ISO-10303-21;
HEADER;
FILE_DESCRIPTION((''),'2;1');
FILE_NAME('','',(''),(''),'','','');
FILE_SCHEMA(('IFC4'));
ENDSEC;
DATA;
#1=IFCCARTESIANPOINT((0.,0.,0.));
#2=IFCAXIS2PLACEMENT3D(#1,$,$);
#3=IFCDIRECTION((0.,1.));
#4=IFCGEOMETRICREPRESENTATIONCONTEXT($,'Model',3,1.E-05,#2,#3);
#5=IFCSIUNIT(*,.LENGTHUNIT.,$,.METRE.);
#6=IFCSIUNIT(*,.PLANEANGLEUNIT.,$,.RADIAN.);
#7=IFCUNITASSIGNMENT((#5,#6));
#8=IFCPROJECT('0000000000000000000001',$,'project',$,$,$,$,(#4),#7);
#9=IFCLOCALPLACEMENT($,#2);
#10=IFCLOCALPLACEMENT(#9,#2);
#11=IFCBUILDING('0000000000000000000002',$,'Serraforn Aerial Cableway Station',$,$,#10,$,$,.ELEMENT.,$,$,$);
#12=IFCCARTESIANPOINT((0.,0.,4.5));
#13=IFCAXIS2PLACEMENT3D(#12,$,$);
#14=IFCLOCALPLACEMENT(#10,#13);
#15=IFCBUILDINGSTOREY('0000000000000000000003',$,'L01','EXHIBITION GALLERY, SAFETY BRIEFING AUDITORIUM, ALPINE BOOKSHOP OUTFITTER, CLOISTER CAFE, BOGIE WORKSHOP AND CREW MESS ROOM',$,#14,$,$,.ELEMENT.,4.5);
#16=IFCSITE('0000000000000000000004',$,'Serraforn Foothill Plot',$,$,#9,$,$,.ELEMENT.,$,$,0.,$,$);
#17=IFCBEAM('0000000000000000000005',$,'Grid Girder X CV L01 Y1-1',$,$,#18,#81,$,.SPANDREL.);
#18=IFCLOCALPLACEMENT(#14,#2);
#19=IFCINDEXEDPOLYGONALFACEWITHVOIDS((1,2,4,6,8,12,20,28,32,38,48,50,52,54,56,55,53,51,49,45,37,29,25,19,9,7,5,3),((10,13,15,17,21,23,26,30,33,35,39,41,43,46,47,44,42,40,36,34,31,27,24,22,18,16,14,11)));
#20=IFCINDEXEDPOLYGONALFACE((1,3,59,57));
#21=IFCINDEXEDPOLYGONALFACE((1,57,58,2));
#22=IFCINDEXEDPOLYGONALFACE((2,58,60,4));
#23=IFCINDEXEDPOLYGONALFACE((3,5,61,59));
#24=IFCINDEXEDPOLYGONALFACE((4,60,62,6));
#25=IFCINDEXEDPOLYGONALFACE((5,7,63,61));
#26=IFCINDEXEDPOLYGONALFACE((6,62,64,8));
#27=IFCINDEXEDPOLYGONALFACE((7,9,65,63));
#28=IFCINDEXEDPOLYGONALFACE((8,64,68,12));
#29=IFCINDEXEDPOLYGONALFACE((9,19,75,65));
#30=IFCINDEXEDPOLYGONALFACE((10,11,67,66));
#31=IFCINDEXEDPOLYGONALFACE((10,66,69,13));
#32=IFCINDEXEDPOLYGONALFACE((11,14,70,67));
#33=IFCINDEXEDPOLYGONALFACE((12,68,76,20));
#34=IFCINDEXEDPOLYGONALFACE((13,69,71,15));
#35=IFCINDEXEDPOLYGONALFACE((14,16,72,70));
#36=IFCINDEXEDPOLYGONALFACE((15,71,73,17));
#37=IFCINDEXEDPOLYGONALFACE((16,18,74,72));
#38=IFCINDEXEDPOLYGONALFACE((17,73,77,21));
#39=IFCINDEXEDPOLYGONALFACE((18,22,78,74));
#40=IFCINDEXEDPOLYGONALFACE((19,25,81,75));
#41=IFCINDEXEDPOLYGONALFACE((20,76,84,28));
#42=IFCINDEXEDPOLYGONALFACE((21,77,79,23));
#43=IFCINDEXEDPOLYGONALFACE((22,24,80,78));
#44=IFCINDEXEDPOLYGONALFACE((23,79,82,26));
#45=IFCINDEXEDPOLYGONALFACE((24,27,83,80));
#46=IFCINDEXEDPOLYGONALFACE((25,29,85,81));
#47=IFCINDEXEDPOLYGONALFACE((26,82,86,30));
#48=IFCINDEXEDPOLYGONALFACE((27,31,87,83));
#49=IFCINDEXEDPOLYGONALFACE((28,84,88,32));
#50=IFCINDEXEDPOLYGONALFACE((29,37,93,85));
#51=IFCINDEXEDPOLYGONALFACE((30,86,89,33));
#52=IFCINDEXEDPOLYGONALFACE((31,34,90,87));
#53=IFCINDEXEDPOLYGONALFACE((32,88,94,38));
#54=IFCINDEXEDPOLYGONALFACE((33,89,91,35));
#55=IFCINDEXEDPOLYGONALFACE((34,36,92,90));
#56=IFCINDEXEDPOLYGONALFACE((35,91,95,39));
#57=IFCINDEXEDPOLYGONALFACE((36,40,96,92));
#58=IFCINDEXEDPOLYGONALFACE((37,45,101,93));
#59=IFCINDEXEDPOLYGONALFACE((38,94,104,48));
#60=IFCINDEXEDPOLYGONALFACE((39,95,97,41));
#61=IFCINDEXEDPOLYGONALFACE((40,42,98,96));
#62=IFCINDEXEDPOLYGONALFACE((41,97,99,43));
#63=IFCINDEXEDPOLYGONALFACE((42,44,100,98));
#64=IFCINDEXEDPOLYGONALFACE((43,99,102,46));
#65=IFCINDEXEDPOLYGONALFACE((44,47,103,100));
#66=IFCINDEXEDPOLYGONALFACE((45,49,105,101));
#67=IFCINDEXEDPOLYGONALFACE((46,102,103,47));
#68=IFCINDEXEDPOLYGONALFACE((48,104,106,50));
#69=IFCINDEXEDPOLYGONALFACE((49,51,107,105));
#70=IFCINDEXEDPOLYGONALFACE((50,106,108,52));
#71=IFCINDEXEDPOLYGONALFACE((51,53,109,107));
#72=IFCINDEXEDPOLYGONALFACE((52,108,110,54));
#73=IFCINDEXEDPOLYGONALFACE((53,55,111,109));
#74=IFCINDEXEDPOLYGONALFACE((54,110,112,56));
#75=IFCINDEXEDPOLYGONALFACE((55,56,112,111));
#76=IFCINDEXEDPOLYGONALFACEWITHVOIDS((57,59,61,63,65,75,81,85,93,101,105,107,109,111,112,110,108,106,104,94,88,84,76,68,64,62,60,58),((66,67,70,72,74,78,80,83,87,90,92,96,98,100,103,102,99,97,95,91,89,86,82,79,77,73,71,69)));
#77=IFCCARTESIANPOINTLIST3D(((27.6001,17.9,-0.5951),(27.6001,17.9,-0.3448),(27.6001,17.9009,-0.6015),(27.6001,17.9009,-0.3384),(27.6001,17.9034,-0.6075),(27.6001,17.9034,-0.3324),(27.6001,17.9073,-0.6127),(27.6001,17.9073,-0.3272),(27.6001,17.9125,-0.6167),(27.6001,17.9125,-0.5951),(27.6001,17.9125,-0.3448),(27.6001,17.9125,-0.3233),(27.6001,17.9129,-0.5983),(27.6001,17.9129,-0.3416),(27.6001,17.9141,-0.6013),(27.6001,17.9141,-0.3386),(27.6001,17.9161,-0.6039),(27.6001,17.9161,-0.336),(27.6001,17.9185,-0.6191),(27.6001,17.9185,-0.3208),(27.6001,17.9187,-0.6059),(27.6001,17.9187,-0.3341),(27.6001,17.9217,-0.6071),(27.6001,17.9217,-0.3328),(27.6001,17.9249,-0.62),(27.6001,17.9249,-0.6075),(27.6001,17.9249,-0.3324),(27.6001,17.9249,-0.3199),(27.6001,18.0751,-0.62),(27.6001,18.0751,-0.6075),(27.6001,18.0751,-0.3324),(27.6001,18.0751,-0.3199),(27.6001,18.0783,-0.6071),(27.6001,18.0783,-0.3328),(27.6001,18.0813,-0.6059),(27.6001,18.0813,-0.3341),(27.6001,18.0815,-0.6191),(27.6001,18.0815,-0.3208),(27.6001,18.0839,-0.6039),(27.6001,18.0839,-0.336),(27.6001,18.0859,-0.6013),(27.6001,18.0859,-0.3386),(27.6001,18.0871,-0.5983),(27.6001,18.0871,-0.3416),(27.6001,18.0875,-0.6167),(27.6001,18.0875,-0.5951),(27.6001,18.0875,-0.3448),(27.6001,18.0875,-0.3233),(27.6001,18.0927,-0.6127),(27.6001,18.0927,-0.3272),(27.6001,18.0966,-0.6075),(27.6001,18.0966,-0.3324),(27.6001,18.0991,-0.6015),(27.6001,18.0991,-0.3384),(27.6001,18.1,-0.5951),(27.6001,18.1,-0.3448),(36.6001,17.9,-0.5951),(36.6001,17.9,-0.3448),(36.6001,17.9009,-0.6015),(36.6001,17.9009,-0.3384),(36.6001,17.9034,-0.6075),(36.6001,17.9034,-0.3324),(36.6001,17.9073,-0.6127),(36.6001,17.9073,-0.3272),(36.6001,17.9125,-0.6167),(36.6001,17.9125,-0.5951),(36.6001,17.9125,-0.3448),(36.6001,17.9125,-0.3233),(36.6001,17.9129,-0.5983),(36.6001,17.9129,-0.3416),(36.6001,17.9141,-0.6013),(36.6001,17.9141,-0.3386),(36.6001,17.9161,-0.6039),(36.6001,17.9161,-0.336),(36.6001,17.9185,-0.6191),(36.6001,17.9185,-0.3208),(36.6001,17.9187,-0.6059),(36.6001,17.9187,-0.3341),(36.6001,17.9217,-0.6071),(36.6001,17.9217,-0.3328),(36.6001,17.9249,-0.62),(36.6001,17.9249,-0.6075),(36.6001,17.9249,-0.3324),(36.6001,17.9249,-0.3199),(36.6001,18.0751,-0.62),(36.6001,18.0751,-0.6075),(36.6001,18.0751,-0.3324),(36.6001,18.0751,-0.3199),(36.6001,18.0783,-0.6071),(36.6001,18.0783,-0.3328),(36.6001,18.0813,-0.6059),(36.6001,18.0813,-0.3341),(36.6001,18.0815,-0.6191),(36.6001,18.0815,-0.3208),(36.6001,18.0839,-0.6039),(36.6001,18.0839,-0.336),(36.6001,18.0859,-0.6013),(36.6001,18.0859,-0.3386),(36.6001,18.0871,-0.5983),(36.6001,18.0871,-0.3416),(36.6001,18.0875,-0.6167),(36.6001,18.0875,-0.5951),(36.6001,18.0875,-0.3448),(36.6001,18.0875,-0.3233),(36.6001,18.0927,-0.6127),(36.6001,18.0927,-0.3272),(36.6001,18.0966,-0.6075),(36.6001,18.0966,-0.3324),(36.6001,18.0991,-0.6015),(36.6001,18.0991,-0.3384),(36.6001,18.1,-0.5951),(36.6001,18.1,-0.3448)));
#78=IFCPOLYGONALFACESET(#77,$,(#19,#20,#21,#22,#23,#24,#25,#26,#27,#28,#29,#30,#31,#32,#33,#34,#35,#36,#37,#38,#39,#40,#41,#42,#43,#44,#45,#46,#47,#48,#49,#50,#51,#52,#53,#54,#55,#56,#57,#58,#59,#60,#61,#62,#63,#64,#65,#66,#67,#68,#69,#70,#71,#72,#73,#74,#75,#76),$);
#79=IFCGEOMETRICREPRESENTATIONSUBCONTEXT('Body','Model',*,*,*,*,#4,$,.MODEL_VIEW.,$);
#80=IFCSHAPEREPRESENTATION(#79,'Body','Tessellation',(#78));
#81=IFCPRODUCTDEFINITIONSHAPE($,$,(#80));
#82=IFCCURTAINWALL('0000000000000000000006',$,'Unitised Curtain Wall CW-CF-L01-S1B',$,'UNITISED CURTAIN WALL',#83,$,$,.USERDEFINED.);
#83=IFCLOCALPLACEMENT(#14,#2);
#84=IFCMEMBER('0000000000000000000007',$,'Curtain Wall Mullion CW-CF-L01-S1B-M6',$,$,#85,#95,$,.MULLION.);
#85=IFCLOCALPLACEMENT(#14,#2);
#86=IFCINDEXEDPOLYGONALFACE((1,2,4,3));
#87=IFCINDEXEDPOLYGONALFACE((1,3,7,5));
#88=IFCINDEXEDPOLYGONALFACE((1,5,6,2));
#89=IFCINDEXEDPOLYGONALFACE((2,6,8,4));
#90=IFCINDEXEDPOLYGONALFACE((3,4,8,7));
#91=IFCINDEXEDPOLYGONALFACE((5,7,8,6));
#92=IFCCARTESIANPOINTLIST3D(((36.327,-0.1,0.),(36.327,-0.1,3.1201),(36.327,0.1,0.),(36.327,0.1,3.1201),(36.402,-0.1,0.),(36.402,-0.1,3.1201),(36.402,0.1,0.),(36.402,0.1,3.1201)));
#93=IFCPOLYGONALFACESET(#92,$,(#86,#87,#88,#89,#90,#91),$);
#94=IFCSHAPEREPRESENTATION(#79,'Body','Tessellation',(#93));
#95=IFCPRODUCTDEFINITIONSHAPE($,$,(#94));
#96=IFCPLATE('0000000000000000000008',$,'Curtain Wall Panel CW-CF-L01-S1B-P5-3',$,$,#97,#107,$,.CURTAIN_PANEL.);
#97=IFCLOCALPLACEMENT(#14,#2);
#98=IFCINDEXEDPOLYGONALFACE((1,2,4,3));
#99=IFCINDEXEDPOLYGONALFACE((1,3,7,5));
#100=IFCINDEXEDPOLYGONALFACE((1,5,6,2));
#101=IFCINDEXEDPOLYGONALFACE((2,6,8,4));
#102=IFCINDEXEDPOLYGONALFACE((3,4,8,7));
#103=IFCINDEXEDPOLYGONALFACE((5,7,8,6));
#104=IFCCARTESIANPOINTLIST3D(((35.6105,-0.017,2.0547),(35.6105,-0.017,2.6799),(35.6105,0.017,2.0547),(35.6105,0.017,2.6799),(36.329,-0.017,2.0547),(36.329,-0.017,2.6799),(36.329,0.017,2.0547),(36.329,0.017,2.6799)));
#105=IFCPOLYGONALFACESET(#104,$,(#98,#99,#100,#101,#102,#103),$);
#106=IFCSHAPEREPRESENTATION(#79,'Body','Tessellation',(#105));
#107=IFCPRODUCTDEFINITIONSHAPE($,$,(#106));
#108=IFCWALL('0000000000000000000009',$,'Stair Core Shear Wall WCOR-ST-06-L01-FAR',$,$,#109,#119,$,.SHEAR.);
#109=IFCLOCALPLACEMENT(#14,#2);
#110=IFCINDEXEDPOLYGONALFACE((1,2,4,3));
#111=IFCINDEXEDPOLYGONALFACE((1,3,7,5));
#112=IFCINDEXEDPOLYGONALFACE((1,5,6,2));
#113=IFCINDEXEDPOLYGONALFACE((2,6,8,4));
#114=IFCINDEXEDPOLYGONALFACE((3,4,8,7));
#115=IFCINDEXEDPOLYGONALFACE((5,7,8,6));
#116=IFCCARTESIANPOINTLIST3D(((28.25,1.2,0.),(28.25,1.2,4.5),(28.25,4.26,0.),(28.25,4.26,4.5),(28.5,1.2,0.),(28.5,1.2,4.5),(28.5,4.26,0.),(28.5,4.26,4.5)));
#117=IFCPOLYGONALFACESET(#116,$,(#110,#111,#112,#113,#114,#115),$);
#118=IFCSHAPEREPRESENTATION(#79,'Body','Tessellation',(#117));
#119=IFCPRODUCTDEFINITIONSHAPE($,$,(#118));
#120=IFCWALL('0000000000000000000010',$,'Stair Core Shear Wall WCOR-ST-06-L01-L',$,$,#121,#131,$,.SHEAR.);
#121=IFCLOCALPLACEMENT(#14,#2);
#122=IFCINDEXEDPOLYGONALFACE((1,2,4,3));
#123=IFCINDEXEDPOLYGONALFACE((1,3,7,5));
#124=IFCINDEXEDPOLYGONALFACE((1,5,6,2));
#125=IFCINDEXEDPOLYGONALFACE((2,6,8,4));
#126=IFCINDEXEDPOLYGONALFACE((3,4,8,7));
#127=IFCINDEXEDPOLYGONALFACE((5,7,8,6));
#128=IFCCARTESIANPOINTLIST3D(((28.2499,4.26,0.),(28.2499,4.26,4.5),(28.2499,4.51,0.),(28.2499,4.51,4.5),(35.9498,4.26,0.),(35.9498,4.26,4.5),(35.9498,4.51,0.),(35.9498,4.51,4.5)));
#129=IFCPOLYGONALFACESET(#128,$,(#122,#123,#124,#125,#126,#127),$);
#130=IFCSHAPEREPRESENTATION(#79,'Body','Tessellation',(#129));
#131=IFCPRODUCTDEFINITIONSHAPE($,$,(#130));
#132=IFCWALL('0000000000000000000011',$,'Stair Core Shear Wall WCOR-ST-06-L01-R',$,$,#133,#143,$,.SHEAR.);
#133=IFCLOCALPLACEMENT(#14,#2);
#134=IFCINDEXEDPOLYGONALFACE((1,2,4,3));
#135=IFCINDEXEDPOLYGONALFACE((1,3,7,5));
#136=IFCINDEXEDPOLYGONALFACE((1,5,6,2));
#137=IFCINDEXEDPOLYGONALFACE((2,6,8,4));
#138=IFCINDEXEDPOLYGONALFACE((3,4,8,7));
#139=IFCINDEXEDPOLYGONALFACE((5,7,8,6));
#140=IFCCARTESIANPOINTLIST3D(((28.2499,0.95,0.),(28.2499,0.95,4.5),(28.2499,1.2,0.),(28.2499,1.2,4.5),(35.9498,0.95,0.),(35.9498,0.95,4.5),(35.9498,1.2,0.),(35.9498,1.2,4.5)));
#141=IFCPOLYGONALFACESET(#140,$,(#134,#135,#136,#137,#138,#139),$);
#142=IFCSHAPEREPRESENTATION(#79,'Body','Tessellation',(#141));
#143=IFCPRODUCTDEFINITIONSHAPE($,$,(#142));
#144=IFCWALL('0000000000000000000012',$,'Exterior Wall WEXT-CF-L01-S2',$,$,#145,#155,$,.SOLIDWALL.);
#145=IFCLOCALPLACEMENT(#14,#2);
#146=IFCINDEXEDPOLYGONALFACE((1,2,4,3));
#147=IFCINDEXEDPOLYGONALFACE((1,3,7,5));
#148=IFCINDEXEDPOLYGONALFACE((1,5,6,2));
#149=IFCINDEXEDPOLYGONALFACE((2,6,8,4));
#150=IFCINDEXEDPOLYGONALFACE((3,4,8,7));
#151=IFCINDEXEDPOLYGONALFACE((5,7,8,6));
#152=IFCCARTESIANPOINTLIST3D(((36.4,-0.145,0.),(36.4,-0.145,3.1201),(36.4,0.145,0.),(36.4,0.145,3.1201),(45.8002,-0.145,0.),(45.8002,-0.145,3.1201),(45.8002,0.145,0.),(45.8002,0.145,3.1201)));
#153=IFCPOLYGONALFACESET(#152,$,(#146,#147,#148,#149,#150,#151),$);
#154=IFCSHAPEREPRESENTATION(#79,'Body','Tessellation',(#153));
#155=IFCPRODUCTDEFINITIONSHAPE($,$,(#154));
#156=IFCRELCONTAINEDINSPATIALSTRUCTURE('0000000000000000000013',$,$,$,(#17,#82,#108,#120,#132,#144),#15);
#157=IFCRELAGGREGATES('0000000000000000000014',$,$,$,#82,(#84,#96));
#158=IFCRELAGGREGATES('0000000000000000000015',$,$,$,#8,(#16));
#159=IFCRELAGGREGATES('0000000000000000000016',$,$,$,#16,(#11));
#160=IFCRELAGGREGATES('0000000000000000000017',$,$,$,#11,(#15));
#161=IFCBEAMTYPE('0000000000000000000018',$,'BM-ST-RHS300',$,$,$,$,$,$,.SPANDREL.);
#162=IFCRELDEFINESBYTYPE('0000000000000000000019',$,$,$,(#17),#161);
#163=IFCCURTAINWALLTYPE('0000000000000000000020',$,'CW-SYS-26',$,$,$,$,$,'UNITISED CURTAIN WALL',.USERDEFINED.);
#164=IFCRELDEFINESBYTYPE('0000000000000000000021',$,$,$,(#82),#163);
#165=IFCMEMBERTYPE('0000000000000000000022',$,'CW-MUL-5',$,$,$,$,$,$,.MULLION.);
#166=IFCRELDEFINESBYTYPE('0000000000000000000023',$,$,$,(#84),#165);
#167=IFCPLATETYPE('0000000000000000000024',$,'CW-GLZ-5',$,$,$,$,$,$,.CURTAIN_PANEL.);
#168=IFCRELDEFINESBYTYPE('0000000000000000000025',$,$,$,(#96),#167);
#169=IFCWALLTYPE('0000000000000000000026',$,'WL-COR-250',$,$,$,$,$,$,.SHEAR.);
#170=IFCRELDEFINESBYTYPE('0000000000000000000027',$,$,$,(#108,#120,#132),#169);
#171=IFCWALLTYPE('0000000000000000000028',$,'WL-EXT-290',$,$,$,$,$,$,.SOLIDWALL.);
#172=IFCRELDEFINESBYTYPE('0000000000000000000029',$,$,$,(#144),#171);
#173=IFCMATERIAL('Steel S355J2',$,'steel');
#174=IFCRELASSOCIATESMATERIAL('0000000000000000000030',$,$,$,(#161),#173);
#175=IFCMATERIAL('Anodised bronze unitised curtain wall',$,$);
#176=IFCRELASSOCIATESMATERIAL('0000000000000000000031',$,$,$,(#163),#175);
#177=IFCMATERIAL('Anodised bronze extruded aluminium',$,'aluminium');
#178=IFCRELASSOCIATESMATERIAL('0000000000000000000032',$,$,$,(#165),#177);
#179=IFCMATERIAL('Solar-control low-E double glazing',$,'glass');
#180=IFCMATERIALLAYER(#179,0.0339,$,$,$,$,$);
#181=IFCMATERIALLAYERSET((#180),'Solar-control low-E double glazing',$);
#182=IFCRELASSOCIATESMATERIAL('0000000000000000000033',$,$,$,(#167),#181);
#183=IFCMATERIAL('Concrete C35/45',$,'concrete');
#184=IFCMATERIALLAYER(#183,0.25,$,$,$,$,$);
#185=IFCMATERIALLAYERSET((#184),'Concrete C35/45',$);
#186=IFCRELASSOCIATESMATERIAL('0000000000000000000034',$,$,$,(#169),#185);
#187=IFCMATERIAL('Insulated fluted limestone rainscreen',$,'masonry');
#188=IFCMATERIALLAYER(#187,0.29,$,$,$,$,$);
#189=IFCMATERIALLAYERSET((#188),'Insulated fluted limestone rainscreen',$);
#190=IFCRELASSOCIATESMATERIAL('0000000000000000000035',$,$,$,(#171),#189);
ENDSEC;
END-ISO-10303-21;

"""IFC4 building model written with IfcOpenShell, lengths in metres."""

from ifc_helpers import new_model, si_unit, direction, frame, frame_2d, origin, origin_2d, place, context, subcontext, project, spatial, rectangle, hollow_rectangle, extrude, material, layer, layer_set, material_profile, profile_set, type_object, element, aggregate, save


model = new_model("IFC4")

# Units and contexts
model_context = context("Model", 3, precision=1e-05, world=origin(), true_north=direction((0.0, 1.0)))
body_context = subcontext(model_context, "Body", "Model", "MODEL_VIEW")
ifc_project = project(units=[si_unit("LENGTHUNIT", "METRE"), si_unit("PLANEANGLEUNIT", "RADIAN")], contexts=[model_context])

# Site, building, storey
site_placement = place(None, origin())
site = spatial("IfcSite", under=ifc_project, at=site_placement, Name="Serraforn Foothill Plot", CompositionType="ELEMENT", RefElevation=0.0)
building_placement = place(site_placement, origin())
building = spatial("IfcBuilding", under=site, at=building_placement, Name="Serraforn Aerial Cableway Station", CompositionType="ELEMENT")
storey_placement = place(building_placement, frame((0.0, 0.0, 4.5)))
storey = spatial("IfcBuildingStorey", under=building, at=storey_placement, Name="L01", Description="EXHIBITION GALLERY, SAFETY BRIEFING AUDITORIUM, ALPINE BOOKSHOP OUTFITTER, CLOISTER CAFE, BOGIE WORKSHOP AND CREW MESS ROOM", CompositionType="ELEMENT", Elevation=4.5)

# Shared definitions
ifc_material_1 = material(Name="Concrete C35/45", Category="concrete")
ifc_material_2 = material(Name="Steel S355J2", Category="steel")

# Beam
ifc_material_profile_1 = material_profile(ifc_material_2, hollow_rectangle(XDim=0.2, YDim=0.3, WallThickness=0.0125, InnerFilletRadius=0.0125, OuterFilletRadius=0.0249, at=origin_2d()), Name="RHS 300x200x12.5")
ifc_profile_set_1 = profile_set([ifc_material_profile_1], Name="Steel S355J2")
beam_type_1 = type_object("IfcBeamType", Name="BM-ST-RHS300", PredefinedType="SPANDREL", material=ifc_profile_set_1)
for number, where, z_axis, x_axis, name in (
    (1, (27.6001, 18.0, -0.47), (1.0, 0.0, 0.0), (0.0, 1.0, 0.0), "Grid Girder X CV L01 Y1-1"),
):
    element("IfcBeam", number, at=place(storey_placement, frame(where, z_axis=z_axis, x_axis=x_axis)), inside=storey, type_object=beam_type_1, Name=name, PredefinedType="SPANDREL", context=body_context, shape_type="SweptSolid", body=[
        extrude(hollow_rectangle(XDim=0.2, YDim=0.3, WallThickness=0.0125, InnerFilletRadius=0.0125, OuterFilletRadius=0.0249, at=origin_2d()), origin(), (0.0, 0.0, 1.0), 9.0),
    ])

# Curtain wall, member, plate
ifc_material_3 = material(Name="Anodised bronze unitised curtain wall")
curtain_wall_type = type_object("IfcCurtainWallType", Name="CW-SYS-26", ElementType="UNITISED CURTAIN WALL", PredefinedType="USERDEFINED", material=ifc_material_3)
curtain_wall_placement = place(storey_placement, origin())
curtain_wall = element("IfcCurtainWall", 2, at=curtain_wall_placement, inside=storey, type_object=curtain_wall_type, Name="Unitised Curtain Wall CW-CF-L01-S1B", ObjectType="UNITISED CURTAIN WALL", PredefinedType="USERDEFINED")
ifc_material_4 = material(Name="Anodised bronze extruded aluminium", Category="aluminium")
ifc_material_profile_2 = material_profile(ifc_material_4, rectangle(XDim=0.075, YDim=0.2, at=origin_2d()), Name="CW MULLION 75x200")
ifc_profile_set_2 = profile_set([ifc_material_profile_2], Name="Anodised bronze extruded aluminium")
member_type = type_object("IfcMemberType", Name="CW-MUL-5", PredefinedType="MULLION", material=ifc_profile_set_2)
member_placement = place(storey_placement, frame((36.3645, 0.0, 0.0), z_axis=(0.0, 0.0, 1.0), x_axis=(1.0, 0.0, 0.0)))
member = element("IfcMember", 3, at=member_placement, type_object=member_type, Name="Curtain Wall Mullion CW-CF-L01-S1B-M6", PredefinedType="MULLION", context=body_context, shape_type="SweptSolid", body=[
    extrude(rectangle(XDim=0.075, YDim=0.2, at=origin_2d()), origin(), (0.0, 0.0, 1.0), 3.1201),
])
ifc_material_5 = material(Name="Solar-control low-E double glazing", Category="glass")
ifc_layer_1 = layer(ifc_material_5, 0.0339)
ifc_layer_set_1 = layer_set([ifc_layer_1], Name="Solar-control low-E double glazing")
plate_type = type_object("IfcPlateType", Name="CW-GLZ-5", PredefinedType="CURTAIN_PANEL", material=ifc_layer_set_1)
plate_placement = place(storey_placement, frame((35.9697, 0.0, 2.0547), z_axis=(0.0, 0.0, 1.0), x_axis=(1.0, 0.0, 0.0)))
plate = element("IfcPlate", 4, at=plate_placement, type_object=plate_type, Name="Curtain Wall Panel CW-CF-L01-S1B-P5-3", PredefinedType="CURTAIN_PANEL", context=body_context, shape_type="SweptSolid", body=[
    extrude(rectangle(XDim=0.7185, YDim=0.0339, at=origin_2d()), origin(), (0.0, 0.0, 1.0), 0.6252),
])
aggregate(curtain_wall, [member, plate])

# Shared definitions
ifc_layer_2 = layer(ifc_material_1, 0.25)
ifc_layer_set_2 = layer_set([ifc_layer_2], Name="Concrete C35/45")
wall_type_1 = type_object("IfcWallType", Name="WL-COR-250", PredefinedType="SHEAR", material=ifc_layer_set_2)

# Walls
wall_1_placement = place(storey_placement, frame((28.375, 4.26, 0.0), z_axis=(0.0, 0.0, 1.0), x_axis=(0.0, -1.0, 0.0)))
element("IfcWall", 5, at=wall_1_placement, inside=storey, type_object=wall_type_1, Name="Stair Core Shear Wall WCOR-ST-06-L01-FAR", PredefinedType="SHEAR", context=body_context, shape_type="SweptSolid", body=[
    extrude(rectangle(XDim=3.0601, YDim=0.25, at=frame_2d((1.53, 0.0))), origin(), (0.0, 0.0, 1.0), 4.5),
])
for number, where, z_axis, x_axis, name in (
    (6, (35.95, 4.385, 0.0), (0.0, 0.0, 1.0), (-1.0, 0.0, 0.0), "Stair Core Shear Wall WCOR-ST-06-L01-L"),
    (7, (35.95, 1.075, 0.0), (0.0, 0.0, 1.0), (-1.0, 0.0, 0.0), "Stair Core Shear Wall WCOR-ST-06-L01-R"),
):
    element("IfcWall", number, at=place(storey_placement, frame(where, z_axis=z_axis, x_axis=x_axis)), inside=storey, type_object=wall_type_1, Name=name, PredefinedType="SHEAR", context=body_context, shape_type="SweptSolid", body=[
        extrude(rectangle(XDim=7.7, YDim=0.25, at=frame_2d((3.8501, 0.0))), origin(), (0.0, 0.0, 1.0), 4.5),
    ])
ifc_material_6 = material(Name="Insulated fluted limestone rainscreen", Category="masonry")
ifc_layer_3 = layer(ifc_material_6, 0.29)
ifc_layer_set_3 = layer_set([ifc_layer_3], Name="Insulated fluted limestone rainscreen")
wall_type_2 = type_object("IfcWallType", Name="WL-EXT-290", PredefinedType="SOLIDWALL", material=ifc_layer_set_3)
wall_2_placement = place(storey_placement, frame((36.3999, 0.0, 0.0), z_axis=(0.0, 0.0, 1.0), x_axis=(1.0, 0.0, 0.0)))
element("IfcWall", 8, at=wall_2_placement, inside=storey, type_object=wall_type_2, Name="Exterior Wall WEXT-CF-L01-S2", PredefinedType="SOLIDWALL", context=body_context, shape_type="SweptSolid", body=[
    extrude(rectangle(XDim=9.4001, YDim=0.29, at=frame_2d((4.7002, 0.0))), origin(), (0.0, 0.0, 1.0), 3.1201),
])

save(model, "model.ifc")
